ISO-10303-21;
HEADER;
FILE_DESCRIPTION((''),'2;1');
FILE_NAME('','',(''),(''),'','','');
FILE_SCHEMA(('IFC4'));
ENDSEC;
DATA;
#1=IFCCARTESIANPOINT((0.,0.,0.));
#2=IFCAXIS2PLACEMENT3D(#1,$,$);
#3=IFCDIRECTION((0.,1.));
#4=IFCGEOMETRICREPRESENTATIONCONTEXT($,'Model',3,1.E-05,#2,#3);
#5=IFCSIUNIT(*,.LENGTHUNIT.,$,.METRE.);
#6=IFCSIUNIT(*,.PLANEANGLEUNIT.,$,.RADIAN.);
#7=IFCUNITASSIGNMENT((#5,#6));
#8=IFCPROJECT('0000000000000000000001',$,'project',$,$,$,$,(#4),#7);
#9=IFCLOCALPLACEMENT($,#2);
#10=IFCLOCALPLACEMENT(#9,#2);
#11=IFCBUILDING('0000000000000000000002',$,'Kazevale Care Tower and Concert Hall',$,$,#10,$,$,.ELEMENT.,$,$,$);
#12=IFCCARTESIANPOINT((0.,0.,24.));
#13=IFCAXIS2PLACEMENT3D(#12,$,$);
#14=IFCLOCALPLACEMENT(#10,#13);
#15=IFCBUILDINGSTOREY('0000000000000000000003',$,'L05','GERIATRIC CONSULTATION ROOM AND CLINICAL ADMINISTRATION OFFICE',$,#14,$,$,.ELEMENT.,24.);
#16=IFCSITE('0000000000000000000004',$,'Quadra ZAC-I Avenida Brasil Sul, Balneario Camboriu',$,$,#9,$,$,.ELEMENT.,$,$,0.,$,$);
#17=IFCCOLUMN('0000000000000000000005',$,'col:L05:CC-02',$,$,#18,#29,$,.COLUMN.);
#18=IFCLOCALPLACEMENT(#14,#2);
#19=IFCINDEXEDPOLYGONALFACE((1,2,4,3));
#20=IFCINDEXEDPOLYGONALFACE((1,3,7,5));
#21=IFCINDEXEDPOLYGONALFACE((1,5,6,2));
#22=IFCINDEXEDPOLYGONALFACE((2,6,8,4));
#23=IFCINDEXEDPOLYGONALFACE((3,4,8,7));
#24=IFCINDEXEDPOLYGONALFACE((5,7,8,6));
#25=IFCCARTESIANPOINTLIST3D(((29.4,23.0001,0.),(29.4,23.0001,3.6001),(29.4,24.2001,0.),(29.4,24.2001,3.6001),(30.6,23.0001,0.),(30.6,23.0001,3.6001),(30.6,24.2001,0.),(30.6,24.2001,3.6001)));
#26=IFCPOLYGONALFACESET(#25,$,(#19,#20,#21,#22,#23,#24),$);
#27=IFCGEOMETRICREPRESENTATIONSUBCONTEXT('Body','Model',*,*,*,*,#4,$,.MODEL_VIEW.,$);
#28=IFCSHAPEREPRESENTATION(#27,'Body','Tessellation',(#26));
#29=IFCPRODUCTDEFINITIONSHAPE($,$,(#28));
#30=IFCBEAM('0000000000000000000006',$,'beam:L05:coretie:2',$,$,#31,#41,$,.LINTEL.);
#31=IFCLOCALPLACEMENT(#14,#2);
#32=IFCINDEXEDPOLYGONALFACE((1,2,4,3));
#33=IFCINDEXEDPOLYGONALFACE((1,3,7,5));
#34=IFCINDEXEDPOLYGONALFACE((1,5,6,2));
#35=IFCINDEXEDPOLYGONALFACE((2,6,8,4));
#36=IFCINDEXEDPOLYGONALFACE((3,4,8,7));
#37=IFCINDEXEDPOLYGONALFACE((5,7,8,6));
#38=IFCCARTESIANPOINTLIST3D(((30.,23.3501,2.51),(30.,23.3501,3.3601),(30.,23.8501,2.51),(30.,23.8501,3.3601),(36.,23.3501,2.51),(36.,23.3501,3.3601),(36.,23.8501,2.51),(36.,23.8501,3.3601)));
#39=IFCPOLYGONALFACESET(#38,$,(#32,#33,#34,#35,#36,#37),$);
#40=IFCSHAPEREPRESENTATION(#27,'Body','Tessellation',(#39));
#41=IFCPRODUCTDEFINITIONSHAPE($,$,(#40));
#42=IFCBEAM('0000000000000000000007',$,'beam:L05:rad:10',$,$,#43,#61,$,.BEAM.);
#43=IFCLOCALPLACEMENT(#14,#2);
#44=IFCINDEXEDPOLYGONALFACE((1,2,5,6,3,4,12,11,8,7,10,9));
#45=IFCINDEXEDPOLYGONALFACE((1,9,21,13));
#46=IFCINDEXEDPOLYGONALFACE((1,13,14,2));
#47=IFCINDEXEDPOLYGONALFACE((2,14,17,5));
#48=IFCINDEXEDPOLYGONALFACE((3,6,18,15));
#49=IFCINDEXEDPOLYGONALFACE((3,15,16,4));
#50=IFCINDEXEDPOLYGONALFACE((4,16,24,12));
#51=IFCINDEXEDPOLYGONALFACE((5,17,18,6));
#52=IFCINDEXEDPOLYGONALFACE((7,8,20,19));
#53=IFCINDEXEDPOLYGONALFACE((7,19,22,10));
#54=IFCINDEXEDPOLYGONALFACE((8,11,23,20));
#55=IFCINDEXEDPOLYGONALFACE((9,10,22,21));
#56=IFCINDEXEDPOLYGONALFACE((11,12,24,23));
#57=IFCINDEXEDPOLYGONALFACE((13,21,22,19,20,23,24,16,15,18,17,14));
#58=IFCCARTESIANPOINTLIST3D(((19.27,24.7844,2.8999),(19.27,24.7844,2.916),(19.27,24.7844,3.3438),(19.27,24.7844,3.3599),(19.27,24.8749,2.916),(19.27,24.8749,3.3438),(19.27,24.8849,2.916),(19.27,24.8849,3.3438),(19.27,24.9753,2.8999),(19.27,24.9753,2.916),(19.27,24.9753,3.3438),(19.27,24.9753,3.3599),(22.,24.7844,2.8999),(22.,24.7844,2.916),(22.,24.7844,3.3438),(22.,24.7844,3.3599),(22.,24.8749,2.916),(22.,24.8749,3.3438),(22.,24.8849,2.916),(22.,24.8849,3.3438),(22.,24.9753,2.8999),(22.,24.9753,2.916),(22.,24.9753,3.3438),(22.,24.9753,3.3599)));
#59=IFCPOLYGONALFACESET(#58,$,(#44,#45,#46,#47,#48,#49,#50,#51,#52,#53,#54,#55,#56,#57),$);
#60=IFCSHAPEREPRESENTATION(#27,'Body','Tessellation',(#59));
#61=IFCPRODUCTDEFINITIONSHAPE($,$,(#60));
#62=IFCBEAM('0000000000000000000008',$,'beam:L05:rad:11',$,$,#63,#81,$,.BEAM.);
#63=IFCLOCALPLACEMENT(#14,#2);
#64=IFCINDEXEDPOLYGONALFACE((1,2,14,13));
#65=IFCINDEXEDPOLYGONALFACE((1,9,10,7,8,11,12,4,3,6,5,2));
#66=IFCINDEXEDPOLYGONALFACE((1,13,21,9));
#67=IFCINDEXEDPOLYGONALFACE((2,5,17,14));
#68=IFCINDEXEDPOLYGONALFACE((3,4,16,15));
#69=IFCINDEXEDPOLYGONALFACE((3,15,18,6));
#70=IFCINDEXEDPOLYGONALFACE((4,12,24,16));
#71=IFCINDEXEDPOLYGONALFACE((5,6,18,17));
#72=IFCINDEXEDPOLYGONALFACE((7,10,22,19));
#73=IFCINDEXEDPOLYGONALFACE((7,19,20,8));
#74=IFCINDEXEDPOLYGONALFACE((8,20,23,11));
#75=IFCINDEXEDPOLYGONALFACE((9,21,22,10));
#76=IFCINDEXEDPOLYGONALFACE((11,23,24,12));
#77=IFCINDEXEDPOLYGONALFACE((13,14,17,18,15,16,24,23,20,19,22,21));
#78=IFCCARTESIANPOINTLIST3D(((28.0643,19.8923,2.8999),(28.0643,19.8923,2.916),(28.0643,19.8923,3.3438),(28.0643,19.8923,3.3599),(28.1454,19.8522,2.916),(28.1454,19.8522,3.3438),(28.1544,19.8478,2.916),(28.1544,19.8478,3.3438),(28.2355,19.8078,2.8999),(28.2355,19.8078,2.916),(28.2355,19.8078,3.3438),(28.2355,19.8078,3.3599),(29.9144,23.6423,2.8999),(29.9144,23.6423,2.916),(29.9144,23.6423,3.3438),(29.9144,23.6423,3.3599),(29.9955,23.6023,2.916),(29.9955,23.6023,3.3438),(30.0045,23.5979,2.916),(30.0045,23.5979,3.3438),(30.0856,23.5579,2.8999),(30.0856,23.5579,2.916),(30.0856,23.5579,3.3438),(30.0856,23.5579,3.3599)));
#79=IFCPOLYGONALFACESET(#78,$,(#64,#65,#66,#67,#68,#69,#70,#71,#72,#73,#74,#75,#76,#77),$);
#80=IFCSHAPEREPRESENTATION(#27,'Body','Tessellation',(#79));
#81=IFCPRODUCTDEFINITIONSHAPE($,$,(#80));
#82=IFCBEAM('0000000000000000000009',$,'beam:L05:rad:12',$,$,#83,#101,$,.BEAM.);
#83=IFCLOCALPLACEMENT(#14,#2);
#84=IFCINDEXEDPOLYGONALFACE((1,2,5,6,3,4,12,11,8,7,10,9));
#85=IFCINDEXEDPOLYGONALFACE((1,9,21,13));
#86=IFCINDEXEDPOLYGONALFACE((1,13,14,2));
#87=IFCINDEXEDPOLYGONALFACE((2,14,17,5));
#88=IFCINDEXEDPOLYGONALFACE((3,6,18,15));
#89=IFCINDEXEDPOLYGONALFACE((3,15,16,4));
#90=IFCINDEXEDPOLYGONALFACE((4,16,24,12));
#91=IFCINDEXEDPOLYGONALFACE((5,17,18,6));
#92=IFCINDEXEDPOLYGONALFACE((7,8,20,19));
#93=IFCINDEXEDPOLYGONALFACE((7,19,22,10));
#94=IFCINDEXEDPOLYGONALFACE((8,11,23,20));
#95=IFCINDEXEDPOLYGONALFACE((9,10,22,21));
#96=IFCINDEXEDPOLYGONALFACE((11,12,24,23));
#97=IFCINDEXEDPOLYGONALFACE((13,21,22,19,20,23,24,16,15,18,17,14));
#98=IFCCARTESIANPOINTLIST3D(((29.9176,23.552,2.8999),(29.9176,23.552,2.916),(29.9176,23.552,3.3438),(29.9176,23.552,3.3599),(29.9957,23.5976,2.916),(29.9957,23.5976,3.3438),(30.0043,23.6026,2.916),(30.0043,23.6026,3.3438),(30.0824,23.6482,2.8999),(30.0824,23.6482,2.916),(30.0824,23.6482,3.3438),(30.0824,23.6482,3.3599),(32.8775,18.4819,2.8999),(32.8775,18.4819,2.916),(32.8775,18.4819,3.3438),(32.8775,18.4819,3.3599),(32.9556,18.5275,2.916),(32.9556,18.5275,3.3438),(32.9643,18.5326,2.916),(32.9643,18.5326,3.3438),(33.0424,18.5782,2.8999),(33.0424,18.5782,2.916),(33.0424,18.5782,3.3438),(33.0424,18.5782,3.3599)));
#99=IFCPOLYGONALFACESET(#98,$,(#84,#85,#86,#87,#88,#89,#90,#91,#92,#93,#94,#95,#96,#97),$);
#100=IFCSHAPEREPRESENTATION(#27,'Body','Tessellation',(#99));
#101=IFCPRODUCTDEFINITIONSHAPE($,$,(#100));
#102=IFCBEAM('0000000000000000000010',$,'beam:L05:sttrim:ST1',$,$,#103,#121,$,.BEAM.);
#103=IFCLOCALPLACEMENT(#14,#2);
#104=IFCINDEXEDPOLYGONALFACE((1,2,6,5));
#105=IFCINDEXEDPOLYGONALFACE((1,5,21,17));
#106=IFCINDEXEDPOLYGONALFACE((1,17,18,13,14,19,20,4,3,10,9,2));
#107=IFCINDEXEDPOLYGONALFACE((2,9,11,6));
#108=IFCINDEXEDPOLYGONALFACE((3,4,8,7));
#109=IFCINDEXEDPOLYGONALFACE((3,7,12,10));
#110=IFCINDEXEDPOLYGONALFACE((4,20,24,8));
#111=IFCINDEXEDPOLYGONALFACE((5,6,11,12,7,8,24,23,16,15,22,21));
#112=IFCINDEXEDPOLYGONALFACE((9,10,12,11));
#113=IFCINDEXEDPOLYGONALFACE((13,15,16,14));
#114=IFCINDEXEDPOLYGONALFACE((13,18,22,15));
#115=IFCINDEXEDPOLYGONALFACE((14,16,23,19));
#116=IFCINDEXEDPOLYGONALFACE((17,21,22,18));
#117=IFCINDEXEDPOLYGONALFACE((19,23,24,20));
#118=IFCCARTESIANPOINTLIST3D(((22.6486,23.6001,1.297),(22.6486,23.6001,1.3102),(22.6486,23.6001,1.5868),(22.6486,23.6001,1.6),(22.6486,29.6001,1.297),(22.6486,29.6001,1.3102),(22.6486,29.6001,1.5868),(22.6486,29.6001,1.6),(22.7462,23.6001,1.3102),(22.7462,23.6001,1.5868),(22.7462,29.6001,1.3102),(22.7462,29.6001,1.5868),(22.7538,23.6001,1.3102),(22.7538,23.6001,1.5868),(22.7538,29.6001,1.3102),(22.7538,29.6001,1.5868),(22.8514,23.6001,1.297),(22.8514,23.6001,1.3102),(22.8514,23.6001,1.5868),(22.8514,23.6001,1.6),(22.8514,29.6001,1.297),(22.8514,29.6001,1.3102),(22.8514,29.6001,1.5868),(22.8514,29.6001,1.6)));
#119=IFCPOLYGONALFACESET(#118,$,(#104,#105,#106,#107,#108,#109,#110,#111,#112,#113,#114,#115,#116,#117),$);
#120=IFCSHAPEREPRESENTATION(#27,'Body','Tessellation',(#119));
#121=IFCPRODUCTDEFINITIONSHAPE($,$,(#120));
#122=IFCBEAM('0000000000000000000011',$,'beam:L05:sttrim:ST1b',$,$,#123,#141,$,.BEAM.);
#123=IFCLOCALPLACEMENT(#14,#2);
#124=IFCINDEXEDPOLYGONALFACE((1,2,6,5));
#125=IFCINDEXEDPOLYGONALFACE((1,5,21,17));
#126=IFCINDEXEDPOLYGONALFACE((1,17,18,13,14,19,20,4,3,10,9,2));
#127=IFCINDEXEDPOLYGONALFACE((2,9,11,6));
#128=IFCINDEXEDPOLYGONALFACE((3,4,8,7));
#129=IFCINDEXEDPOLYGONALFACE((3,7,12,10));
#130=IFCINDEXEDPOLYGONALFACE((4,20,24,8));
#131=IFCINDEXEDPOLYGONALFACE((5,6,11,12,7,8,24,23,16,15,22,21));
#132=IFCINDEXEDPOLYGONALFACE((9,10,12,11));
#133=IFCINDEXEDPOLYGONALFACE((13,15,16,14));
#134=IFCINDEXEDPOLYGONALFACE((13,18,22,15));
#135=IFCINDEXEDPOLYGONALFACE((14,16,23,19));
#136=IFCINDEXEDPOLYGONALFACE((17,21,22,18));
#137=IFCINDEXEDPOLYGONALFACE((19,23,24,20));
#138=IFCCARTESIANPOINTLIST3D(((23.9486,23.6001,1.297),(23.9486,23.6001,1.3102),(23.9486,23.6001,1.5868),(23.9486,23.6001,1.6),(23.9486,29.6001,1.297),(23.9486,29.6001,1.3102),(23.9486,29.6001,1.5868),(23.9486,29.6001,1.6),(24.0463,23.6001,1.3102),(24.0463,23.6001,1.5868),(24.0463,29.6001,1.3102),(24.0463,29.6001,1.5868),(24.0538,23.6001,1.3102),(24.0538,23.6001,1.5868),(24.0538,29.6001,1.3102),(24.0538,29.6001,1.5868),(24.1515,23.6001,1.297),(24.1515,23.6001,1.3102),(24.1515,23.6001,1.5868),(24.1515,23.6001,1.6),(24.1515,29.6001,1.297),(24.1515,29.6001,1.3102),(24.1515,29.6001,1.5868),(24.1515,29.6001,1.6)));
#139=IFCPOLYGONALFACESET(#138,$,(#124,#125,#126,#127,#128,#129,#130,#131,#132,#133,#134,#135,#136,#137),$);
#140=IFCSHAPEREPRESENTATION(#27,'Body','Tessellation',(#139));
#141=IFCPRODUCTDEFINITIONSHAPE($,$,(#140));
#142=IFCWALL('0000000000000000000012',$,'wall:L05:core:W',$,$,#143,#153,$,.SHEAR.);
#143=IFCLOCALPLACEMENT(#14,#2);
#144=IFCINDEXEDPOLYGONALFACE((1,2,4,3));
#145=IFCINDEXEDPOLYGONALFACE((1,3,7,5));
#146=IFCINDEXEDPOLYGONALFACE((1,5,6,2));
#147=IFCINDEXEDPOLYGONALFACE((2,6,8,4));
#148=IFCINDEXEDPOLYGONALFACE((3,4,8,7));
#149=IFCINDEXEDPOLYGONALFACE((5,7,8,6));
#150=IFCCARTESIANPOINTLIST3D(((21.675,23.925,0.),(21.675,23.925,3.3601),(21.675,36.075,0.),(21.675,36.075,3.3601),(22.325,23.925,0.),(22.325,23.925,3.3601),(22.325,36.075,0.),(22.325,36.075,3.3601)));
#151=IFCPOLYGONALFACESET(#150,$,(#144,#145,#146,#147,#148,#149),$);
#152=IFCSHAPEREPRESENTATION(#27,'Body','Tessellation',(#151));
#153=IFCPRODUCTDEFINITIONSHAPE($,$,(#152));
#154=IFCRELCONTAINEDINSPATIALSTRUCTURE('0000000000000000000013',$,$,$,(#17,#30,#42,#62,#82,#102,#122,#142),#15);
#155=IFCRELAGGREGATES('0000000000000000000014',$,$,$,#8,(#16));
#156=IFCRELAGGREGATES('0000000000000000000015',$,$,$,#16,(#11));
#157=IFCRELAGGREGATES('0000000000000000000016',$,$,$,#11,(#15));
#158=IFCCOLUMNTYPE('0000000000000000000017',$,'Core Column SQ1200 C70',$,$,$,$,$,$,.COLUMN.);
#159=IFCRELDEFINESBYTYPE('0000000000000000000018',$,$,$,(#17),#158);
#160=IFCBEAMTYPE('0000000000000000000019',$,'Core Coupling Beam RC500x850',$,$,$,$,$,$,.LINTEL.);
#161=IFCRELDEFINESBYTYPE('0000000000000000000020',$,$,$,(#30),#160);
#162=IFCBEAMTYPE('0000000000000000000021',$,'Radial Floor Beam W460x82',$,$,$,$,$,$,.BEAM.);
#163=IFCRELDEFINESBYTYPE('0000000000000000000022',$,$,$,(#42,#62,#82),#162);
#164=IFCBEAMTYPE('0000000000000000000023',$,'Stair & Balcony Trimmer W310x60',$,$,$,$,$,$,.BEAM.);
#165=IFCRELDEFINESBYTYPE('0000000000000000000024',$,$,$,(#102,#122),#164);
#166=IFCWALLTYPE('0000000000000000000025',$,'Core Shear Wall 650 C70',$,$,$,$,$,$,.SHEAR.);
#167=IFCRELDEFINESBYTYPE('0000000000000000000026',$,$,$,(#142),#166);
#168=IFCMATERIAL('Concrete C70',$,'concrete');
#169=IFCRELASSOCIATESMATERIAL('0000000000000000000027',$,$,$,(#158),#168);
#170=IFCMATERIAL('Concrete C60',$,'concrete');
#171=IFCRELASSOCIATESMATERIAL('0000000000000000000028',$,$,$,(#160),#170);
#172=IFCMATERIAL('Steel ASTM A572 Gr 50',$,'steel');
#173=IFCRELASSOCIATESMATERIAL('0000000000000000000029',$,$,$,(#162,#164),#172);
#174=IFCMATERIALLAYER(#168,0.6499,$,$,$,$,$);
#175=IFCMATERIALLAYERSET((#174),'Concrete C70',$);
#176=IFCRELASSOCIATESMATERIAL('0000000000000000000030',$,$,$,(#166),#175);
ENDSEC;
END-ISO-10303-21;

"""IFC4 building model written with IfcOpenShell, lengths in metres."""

from ifc_helpers import new_model, si_unit, direction, frame, frame_2d, origin, origin_2d, place, context, subcontext, project, spatial, rectangle, i_section, extrude, material, layer, layer_set, material_profile, profile_set, type_object, element, save


model = new_model("IFC4")

# Units and contexts
model_context = context("Model", 3, precision=1e-05, world=origin(), true_north=direction((0.0, 1.0)))
body_context = subcontext(model_context, "Body", "Model", "MODEL_VIEW")
ifc_project = project(units=[si_unit("LENGTHUNIT", "METRE"), si_unit("PLANEANGLEUNIT", "RADIAN")], contexts=[model_context])

# Site, building, storey
site_placement = place(None, origin())
site = spatial("IfcSite", under=ifc_project, at=site_placement, Name="Quadra ZAC-I Avenida Brasil Sul, Balneario Camboriu", CompositionType="ELEMENT", RefElevation=0.0)
building_placement = place(site_placement, origin())
building = spatial("IfcBuilding", under=site, at=building_placement, Name="Kazevale Care Tower and Concert Hall", CompositionType="ELEMENT")
storey_placement = place(building_placement, frame((0.0, 0.0, 24.0)))
storey = spatial("IfcBuildingStorey", under=building, at=storey_placement, Name="L05", Description="GERIATRIC CONSULTATION ROOM AND CLINICAL ADMINISTRATION OFFICE", CompositionType="ELEMENT", Elevation=24.0)

# Column
ifc_material_1 = material(Name="Concrete C70", Category="concrete")
ifc_material_profile_1 = material_profile(ifc_material_1, rectangle(XDim=1.2, YDim=1.2, at=origin_2d()), Name="RC-SQ1200")
ifc_profile_set_1 = profile_set([ifc_material_profile_1], Name="Concrete C70")
column_type = type_object("IfcColumnType", Name="Core Column SQ1200 C70", PredefinedType="COLUMN", material=ifc_profile_set_1)
column_placement = place(storey_placement, frame((30.0, 23.6001, 0.0), z_axis=(0.0, 0.0, 1.0), x_axis=(1.0, 0.0, 0.0)))
element("IfcColumn", 1, at=column_placement, inside=storey, type_object=column_type, Name="col:L05:CC-02", PredefinedType="COLUMN", context=body_context, shape_type="SweptSolid", body=[
    extrude(rectangle(XDim=1.2, YDim=1.2, at=origin_2d()), origin(), (0.0, 0.0, 1.0), 3.6001),
])

# Beams
ifc_material_2 = material(Name="Concrete C60", Category="concrete")
ifc_material_profile_2 = material_profile(ifc_material_2, rectangle(XDim=0.5, YDim=0.8501, at=origin_2d()), Name="RC-B500x850")
ifc_profile_set_2 = profile_set([ifc_material_profile_2], Name="Concrete C60")
beam_type_1 = type_object("IfcBeamType", Name="Core Coupling Beam RC500x850", PredefinedType="LINTEL", material=ifc_profile_set_2)
beam_1_placement = place(storey_placement, frame((30.0, 23.6001, 2.9351), z_axis=(1.0, 0.0, 0.0), x_axis=(0.0, 1.0, 0.0)))
element("IfcBeam", 2, at=beam_1_placement, inside=storey, type_object=beam_type_1, Name="beam:L05:coretie:2", PredefinedType="LINTEL", context=body_context, shape_type="SweptSolid", body=[
    extrude(rectangle(XDim=0.5, YDim=0.8501, at=origin_2d()), origin(), (0.0, 0.0, 1.0), 6.0),
])
ifc_material_3 = material(Name="Steel ASTM A572 Gr 50", Category="steel")
ifc_material_profile_3 = material_profile(ifc_material_3, i_section(OverallWidth=0.1909, OverallDepth=0.46, WebThickness=0.01, FlangeThickness=0.0161, at=origin_2d()), Name="W460x82")
ifc_profile_set_3 = profile_set([ifc_material_profile_3], Name="Steel ASTM A572 Gr 50")
beam_type_2 = type_object("IfcBeamType", Name="Radial Floor Beam W460x82", PredefinedType="BEAM", material=ifc_profile_set_3)
beam_2_placement = place(storey_placement, frame((22.0, 24.8799, 3.1299), z_axis=(-1.0, 0.0, 0.0), x_axis=(0.0, -1.0, 0.0)))
element("IfcBeam", 3, at=beam_2_placement, inside=storey, type_object=beam_type_2, Name="beam:L05:rad:10", PredefinedType="BEAM", context=body_context, shape_type="SweptSolid", body=[
    extrude(i_section(OverallWidth=0.1909, OverallDepth=0.46, WebThickness=0.01, FlangeThickness=0.0161, at=origin_2d()), origin(), (0.0, 0.0, 1.0), 2.73),
])
beam_3_placement = place(storey_placement, frame((30.0, 23.6001, 3.1299), z_axis=(-0.442443, -0.896797, 0.0), x_axis=(0.896797, -0.442443, 0.0)))
element("IfcBeam", 4, at=beam_3_placement, inside=storey, type_object=beam_type_2, Name="beam:L05:rad:11", PredefinedType="BEAM", context=body_context, shape_type="SweptSolid", body=[
    extrude(i_section(OverallWidth=0.1909, OverallDepth=0.46, WebThickness=0.01, FlangeThickness=0.0161, at=origin_2d()), origin(), (0.0, 0.0, 1.0), 4.1816),
])
beam_4_placement = place(storey_placement, frame((30.0, 23.6001, 3.1299), z_axis=(0.504179, -0.863599, 0.0), x_axis=(0.863599, 0.504179, 0.0)))
element("IfcBeam", 5, at=beam_4_placement, inside=storey, type_object=beam_type_2, Name="beam:L05:rad:12", PredefinedType="BEAM", context=body_context, shape_type="SweptSolid", body=[
    extrude(i_section(OverallWidth=0.1909, OverallDepth=0.46, WebThickness=0.01, FlangeThickness=0.0161, at=origin_2d()), origin(), (0.0, 0.0, 1.0), 5.8708),
])
ifc_material_profile_4 = material_profile(ifc_material_3, i_section(OverallWidth=0.2029, OverallDepth=0.303, WebThickness=0.0076, FlangeThickness=0.0132, at=origin_2d()), Name="W310x60")
ifc_profile_set_4 = profile_set([ifc_material_profile_4], Name="Steel ASTM A572 Gr 50")
beam_type_3 = type_object("IfcBeamType", Name="Stair & Balcony Trimmer W310x60", PredefinedType="BEAM", material=ifc_profile_set_4)
for number, where, z_axis, x_axis, name in (
    (6, (22.75, 23.6001, 1.4485), (0.0, 1.0, 0.0), (-1.0, 0.0, 0.0), "beam:L05:sttrim:ST1"),
    (7, (24.05, 23.6001, 1.4485), (0.0, 1.0, 0.0), (-1.0, 0.0, 0.0), "beam:L05:sttrim:ST1b"),
):
    element("IfcBeam", number, at=place(storey_placement, frame(where, z_axis=z_axis, x_axis=x_axis)), inside=storey, type_object=beam_type_3, Name=name, PredefinedType="BEAM", context=body_context, shape_type="SweptSolid", body=[
        extrude(i_section(OverallWidth=0.2029, OverallDepth=0.303, WebThickness=0.0076, FlangeThickness=0.0132, at=origin_2d()), origin(), (0.0, 0.0, 1.0), 6.0),
    ])

# Wall
ifc_layer_1 = layer(ifc_material_1, 0.6499)
ifc_layer_set_1 = layer_set([ifc_layer_1], Name="Concrete C70")
wall_type_1 = type_object("IfcWallType", Name="Core Shear Wall 650 C70", PredefinedType="SHEAR", material=ifc_layer_set_1)
wall_1_placement = place(storey_placement, frame((22.0, 23.925, 0.0), z_axis=(0.0, 0.0, 1.0), x_axis=(0.0, 1.0, 0.0)))
element("IfcWall", 8, at=wall_1_placement, inside=storey, type_object=wall_type_1, Name="wall:L05:core:W", PredefinedType="SHEAR", context=body_context, shape_type="SweptSolid", body=[
    extrude(rectangle(XDim=12.1499, YDim=0.6499, at=frame_2d((6.075, 0.0))), origin(), (0.0, 0.0, 1.0), 3.3601),
])

save(model, "model.ifc")
